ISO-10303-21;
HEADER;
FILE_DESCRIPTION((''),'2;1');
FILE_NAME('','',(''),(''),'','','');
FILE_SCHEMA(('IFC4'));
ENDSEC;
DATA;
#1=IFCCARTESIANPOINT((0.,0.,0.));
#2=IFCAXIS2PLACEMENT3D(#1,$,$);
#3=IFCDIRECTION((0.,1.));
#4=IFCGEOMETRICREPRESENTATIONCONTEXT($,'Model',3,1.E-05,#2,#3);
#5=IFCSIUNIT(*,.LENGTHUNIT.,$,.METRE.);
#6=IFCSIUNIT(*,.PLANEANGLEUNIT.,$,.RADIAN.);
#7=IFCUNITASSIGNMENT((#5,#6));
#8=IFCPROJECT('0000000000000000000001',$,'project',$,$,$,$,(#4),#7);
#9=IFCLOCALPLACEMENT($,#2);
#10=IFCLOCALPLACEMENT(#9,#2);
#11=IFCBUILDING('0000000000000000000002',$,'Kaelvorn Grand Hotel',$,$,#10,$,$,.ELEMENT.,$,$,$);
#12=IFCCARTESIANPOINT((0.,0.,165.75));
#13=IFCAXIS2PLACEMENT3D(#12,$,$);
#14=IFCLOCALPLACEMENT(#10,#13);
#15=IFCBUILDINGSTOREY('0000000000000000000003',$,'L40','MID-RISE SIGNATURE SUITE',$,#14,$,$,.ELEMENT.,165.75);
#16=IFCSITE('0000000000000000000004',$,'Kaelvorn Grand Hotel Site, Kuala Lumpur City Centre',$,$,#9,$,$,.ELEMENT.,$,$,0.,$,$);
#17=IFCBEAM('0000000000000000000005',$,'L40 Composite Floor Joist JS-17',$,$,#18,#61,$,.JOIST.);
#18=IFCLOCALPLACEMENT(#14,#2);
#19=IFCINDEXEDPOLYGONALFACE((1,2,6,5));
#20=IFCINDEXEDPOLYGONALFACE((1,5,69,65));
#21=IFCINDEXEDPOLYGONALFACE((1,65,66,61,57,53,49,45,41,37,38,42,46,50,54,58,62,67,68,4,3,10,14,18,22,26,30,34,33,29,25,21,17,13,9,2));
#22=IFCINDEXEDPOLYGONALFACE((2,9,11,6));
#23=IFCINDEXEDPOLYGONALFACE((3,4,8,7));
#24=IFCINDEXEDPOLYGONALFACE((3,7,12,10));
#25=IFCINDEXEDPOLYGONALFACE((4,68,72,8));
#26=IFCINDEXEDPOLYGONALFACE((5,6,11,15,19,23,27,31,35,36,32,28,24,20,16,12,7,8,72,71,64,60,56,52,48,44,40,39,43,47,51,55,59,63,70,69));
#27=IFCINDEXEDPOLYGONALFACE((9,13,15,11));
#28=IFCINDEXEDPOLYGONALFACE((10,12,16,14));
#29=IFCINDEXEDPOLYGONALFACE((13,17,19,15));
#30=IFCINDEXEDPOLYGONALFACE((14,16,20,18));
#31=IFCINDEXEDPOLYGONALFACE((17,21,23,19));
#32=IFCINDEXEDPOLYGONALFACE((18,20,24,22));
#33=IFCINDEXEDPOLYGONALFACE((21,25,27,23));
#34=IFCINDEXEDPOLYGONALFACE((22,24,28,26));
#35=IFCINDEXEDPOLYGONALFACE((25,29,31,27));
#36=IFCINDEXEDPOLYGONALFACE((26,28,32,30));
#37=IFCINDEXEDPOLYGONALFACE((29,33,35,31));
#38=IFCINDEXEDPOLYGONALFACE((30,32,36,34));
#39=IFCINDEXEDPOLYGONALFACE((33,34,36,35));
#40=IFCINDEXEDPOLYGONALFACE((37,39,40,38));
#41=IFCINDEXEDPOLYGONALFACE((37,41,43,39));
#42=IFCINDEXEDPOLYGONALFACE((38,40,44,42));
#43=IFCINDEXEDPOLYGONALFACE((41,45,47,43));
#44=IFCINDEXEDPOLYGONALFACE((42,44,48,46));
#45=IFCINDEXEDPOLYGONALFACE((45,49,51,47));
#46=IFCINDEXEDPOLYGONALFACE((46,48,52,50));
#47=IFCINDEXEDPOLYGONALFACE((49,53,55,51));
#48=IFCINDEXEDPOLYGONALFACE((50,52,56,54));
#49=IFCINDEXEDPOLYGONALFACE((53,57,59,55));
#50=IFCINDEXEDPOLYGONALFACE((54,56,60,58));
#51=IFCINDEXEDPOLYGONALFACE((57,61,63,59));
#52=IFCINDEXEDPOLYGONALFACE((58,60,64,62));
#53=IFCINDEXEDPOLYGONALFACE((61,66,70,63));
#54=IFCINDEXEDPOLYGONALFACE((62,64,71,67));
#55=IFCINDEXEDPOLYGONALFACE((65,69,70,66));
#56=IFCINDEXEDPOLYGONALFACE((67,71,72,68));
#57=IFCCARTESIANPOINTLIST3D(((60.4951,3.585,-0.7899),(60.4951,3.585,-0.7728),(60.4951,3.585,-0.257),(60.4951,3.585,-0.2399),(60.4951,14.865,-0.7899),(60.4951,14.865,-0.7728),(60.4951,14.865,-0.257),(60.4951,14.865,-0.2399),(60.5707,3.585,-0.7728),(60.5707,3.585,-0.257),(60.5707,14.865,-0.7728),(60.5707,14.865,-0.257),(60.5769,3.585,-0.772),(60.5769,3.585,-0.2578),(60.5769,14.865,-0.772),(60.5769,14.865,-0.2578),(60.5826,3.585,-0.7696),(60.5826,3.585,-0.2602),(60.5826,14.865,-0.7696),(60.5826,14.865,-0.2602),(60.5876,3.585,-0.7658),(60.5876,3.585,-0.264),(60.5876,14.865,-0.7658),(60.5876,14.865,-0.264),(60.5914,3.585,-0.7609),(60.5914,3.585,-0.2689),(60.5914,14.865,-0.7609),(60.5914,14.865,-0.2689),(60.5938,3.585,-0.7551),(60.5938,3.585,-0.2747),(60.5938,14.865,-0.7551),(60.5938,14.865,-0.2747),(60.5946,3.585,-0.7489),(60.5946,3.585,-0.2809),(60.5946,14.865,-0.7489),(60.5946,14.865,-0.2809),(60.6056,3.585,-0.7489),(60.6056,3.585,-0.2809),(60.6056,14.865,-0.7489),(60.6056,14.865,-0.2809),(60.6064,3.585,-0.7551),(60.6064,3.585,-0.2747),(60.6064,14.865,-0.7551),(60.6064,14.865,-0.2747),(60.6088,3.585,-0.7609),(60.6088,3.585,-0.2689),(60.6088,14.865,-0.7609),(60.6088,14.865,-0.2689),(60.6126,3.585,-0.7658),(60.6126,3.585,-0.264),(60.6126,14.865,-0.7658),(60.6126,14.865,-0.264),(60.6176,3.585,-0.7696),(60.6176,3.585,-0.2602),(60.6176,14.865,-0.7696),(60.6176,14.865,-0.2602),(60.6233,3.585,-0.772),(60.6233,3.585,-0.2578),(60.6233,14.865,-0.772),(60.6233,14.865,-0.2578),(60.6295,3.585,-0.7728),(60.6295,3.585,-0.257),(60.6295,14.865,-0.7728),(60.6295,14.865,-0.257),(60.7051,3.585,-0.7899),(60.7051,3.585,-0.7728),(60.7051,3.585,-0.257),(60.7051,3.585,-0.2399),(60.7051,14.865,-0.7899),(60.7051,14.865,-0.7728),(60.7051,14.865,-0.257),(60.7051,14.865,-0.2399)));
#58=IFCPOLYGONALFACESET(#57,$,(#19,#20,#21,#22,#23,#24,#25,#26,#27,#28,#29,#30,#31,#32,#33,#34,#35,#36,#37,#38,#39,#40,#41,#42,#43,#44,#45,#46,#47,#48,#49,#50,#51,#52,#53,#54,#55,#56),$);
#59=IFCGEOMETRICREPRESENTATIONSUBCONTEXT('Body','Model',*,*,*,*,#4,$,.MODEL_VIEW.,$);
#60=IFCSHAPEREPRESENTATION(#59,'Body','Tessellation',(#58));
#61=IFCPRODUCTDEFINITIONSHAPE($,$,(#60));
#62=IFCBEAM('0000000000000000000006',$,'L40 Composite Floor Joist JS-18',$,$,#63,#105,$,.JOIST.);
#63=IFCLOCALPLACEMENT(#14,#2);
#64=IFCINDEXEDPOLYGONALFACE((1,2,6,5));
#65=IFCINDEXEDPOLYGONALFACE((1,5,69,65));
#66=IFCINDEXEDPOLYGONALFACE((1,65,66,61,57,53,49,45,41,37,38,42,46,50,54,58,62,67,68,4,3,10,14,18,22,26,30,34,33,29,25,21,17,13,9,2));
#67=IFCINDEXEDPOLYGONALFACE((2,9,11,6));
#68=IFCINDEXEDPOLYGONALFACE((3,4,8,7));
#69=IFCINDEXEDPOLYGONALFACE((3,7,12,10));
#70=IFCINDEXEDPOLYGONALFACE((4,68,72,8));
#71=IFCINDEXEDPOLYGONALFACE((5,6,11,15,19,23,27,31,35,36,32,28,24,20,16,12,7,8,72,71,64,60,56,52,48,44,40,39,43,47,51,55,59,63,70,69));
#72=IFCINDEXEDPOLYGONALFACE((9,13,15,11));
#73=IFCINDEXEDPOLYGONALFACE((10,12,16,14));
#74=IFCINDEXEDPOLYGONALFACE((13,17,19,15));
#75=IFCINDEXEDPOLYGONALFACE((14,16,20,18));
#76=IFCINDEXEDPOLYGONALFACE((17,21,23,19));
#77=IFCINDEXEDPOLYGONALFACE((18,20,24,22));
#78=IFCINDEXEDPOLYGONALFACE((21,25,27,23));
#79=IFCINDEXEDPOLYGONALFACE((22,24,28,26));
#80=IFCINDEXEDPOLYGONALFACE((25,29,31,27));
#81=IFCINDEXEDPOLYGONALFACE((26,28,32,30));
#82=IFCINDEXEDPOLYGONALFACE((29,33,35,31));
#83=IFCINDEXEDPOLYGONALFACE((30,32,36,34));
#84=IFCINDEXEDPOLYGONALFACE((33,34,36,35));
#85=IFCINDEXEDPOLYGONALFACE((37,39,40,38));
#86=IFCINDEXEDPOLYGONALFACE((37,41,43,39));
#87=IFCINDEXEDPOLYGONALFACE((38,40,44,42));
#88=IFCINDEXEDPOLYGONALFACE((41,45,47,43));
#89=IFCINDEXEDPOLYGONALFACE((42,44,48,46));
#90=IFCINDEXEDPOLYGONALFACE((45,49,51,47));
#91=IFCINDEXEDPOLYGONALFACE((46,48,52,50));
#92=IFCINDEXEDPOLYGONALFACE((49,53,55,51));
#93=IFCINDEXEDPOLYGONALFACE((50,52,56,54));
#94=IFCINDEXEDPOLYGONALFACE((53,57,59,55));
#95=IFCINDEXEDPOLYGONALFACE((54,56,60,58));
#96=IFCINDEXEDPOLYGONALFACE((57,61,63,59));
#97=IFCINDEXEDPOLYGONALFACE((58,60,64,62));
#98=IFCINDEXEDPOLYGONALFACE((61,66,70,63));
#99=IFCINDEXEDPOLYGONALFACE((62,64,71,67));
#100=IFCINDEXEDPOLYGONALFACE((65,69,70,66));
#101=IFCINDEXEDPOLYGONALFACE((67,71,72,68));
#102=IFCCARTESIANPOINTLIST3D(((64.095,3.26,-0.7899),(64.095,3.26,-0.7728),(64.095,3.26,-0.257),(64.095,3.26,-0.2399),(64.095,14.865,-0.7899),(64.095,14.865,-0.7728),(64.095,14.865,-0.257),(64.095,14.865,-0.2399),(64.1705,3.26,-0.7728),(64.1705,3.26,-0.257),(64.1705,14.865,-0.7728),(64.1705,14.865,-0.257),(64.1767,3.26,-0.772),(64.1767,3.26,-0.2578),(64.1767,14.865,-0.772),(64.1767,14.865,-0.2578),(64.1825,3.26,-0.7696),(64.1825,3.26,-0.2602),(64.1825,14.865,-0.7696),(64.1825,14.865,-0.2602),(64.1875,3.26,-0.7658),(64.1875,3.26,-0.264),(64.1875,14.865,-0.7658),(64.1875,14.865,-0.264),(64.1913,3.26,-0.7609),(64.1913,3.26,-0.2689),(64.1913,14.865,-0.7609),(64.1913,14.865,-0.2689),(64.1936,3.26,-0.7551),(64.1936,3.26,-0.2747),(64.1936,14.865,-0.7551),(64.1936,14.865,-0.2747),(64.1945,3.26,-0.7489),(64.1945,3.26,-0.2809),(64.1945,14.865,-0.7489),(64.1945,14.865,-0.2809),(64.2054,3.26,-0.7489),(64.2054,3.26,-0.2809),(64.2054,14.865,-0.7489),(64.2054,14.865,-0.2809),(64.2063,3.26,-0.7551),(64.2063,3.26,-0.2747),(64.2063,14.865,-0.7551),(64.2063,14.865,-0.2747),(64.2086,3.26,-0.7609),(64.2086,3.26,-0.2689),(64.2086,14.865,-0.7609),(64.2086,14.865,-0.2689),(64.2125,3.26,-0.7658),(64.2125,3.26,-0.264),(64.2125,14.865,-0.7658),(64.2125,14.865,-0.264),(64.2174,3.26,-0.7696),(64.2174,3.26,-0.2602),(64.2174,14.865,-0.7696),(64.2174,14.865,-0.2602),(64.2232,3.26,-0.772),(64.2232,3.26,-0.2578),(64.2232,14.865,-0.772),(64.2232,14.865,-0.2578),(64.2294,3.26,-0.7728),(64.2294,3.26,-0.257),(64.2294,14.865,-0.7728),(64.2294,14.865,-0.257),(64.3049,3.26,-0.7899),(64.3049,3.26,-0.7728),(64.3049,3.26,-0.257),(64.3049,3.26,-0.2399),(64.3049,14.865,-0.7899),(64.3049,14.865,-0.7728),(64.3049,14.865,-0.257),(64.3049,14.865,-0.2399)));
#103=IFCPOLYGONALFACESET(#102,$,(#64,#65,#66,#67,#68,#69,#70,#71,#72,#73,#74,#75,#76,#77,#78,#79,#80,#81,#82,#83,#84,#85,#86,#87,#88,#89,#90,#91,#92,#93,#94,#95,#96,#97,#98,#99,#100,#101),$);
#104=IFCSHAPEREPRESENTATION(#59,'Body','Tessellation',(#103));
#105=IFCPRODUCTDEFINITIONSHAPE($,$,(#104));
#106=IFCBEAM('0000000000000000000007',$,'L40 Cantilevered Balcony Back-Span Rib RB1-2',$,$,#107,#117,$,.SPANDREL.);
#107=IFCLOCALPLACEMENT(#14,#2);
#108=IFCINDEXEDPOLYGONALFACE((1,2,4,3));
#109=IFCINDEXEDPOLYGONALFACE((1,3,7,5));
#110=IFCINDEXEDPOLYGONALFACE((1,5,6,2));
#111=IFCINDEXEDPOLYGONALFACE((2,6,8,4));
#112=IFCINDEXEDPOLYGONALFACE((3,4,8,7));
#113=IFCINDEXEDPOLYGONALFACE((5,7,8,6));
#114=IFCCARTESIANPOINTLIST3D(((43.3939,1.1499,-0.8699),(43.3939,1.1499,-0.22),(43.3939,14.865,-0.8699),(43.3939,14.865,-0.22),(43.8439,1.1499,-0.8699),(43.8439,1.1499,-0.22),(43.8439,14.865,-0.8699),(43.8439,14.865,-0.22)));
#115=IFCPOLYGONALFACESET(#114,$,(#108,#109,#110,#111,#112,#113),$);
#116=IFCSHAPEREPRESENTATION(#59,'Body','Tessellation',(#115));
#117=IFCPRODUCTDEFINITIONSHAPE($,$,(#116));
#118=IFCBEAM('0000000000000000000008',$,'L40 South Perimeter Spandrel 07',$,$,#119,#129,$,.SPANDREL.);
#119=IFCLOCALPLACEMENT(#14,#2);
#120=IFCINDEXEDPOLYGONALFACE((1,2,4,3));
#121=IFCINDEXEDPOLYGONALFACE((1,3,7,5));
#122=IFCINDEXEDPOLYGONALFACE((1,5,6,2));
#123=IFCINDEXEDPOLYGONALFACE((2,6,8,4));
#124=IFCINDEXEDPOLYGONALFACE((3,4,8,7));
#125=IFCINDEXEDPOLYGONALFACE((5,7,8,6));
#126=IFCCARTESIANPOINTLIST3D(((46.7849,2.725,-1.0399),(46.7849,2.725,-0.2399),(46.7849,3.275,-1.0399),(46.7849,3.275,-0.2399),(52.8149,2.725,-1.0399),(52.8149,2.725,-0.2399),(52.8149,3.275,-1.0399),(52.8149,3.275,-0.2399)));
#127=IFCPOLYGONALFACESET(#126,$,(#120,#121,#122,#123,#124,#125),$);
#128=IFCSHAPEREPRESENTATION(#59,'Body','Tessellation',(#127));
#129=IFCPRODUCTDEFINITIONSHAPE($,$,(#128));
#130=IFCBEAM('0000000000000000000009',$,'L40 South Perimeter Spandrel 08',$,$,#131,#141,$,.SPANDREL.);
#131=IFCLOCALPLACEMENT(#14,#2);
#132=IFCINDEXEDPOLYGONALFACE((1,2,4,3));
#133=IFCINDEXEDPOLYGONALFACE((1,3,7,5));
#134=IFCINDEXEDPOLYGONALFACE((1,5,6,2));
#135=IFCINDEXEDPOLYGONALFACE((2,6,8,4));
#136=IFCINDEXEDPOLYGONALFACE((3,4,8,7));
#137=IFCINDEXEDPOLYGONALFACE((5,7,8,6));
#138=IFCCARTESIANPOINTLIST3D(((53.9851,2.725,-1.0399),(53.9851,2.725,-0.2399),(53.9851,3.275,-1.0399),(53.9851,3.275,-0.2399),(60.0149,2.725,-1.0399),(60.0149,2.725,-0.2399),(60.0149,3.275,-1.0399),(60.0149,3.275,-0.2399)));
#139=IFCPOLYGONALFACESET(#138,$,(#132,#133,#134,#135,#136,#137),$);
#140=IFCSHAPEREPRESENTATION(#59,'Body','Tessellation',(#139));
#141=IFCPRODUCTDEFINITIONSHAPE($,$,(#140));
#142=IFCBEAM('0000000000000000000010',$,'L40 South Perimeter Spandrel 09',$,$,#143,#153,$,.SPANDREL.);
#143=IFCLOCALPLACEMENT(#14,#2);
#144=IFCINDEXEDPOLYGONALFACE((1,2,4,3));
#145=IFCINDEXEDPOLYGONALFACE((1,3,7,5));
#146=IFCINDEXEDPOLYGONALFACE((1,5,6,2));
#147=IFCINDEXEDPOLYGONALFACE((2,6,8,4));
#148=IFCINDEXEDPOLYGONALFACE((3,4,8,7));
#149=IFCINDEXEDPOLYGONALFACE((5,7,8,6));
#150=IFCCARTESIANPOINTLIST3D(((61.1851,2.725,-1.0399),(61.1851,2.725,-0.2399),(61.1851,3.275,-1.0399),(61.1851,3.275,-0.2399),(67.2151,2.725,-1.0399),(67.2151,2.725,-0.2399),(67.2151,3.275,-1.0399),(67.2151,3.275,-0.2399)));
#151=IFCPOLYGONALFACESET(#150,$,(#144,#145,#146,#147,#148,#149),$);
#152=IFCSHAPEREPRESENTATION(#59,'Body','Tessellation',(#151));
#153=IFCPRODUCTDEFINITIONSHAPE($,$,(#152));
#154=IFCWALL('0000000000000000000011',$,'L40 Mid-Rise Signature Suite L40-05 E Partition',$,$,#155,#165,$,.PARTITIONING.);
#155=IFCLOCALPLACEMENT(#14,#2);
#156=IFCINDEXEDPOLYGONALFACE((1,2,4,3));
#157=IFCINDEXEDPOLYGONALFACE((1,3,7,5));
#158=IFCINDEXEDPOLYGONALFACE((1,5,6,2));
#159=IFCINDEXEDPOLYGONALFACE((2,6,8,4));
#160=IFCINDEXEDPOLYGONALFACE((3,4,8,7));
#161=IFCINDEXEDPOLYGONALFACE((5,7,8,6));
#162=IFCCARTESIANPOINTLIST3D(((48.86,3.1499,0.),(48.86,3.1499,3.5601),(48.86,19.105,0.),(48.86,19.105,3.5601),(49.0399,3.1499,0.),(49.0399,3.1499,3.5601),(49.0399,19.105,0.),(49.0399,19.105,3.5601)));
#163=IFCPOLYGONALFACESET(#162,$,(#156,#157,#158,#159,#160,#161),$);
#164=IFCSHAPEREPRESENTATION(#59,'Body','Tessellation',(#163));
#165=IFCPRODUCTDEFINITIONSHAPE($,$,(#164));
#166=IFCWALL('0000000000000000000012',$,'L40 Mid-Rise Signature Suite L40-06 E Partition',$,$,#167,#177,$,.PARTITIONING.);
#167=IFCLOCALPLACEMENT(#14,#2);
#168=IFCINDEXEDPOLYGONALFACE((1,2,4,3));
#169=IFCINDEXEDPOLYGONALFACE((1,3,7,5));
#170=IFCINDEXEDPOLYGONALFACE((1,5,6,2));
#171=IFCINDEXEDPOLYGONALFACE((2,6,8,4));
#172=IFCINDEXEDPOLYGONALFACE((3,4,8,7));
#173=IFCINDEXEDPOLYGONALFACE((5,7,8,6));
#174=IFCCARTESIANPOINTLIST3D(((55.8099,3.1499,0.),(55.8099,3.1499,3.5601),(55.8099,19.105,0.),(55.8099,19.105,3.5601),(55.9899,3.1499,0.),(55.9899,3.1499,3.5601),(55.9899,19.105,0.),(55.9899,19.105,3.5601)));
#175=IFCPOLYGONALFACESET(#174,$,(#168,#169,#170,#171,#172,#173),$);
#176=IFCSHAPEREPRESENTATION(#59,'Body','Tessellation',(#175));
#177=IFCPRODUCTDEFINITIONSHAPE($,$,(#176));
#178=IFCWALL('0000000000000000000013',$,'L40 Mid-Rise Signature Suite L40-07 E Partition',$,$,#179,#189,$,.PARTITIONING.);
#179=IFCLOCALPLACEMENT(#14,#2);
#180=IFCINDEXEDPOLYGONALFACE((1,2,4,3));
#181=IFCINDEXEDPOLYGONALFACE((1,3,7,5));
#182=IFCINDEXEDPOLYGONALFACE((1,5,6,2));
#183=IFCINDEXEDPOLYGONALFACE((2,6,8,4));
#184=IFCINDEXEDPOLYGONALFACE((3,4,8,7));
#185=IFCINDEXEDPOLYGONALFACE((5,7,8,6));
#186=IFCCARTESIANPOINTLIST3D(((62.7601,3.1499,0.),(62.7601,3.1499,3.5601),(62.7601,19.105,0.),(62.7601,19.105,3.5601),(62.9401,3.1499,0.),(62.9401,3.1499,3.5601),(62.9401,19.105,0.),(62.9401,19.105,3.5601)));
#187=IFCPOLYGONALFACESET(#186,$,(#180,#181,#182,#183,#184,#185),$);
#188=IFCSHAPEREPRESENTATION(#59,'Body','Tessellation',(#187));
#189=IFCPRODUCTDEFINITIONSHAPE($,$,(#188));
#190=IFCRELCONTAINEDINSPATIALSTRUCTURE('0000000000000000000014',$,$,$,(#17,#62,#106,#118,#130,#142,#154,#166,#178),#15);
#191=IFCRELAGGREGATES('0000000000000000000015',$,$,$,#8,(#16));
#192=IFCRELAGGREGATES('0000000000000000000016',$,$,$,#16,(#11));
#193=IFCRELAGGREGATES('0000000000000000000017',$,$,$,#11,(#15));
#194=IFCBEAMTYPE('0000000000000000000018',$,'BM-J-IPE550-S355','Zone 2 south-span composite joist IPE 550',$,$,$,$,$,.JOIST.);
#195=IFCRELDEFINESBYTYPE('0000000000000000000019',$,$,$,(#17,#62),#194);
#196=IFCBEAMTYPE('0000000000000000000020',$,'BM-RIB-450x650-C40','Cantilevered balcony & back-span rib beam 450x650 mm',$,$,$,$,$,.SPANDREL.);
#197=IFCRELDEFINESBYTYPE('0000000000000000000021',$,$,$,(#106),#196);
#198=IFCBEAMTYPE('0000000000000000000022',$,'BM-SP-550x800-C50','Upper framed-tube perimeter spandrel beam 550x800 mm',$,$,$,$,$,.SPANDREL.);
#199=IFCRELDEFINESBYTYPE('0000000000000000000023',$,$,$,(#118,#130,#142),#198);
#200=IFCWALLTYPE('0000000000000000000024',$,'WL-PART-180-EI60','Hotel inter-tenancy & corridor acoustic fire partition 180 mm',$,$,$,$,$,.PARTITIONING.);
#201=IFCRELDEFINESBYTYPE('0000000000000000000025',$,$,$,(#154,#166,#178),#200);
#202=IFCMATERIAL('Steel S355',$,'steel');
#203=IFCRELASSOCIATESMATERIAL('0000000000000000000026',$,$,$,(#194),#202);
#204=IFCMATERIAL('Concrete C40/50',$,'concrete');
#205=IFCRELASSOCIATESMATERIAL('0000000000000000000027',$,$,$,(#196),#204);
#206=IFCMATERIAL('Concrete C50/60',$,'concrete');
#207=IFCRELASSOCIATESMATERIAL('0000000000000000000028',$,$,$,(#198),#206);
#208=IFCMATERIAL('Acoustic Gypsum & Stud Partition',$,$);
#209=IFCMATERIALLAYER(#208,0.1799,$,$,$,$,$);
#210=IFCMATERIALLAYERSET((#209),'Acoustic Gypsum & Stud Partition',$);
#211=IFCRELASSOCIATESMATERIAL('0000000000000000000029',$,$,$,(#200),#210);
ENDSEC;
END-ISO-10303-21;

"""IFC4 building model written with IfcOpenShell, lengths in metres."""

from ifc_helpers import new_model, si_unit, direction, frame, frame_2d, origin, origin_2d, place, context, subcontext, project, spatial, rectangle, i_section, extrude, material, layer, layer_set, material_profile, profile_set, type_object, element, save


model = new_model("IFC4")

# Units and contexts
model_context = context("Model", 3, precision=1e-05, world=origin(), true_north=direction((0.0, 1.0)))
body_context = subcontext(model_context, "Body", "Model", "MODEL_VIEW")
ifc_project = project(units=[si_unit("LENGTHUNIT", "METRE"), si_unit("PLANEANGLEUNIT", "RADIAN")], contexts=[model_context])

# Site, building, storey
site_placement = place(None, origin())
site = spatial("IfcSite", under=ifc_project, at=site_placement, Name="Kaelvorn Grand Hotel Site, Kuala Lumpur City Centre", CompositionType="ELEMENT", RefElevation=0.0)
building_placement = place(site_placement, origin())
building = spatial("IfcBuilding", under=site, at=building_placement, Name="Kaelvorn Grand Hotel", CompositionType="ELEMENT")
storey_placement = place(building_placement, frame((0.0, 0.0, 165.75)))
storey = spatial("IfcBuildingStorey", under=building, at=storey_placement, Name="L40", Description="MID-RISE SIGNATURE SUITE", CompositionType="ELEMENT", Elevation=165.75)

# Beams
ifc_material_1 = material(Name="Steel S355", Category="steel")
ifc_material_profile_1 = material_profile(ifc_material_1, i_section(OverallWidth=0.21, OverallDepth=0.55, WebThickness=0.011, FlangeThickness=0.0171, FilletRadius=0.0239, at=origin_2d()), Name="IPE 550")
ifc_profile_set_1 = profile_set([ifc_material_profile_1], Name="Steel S355")
beam_type_1 = type_object("IfcBeamType", Name="BM-J-IPE550-S355", Description="Zone 2 south-span composite joist IPE 550", PredefinedType="JOIST", material=ifc_profile_set_1)
beam_1_placement = place(storey_placement, frame((60.6001, 3.585, -0.5149), z_axis=(0.0, 1.0, 0.0), x_axis=(-1.0, 0.0, 0.0)))
element("IfcBeam", 1, at=beam_1_placement, inside=storey, type_object=beam_type_1, Name="L40 Composite Floor Joist JS-17", PredefinedType="JOIST", context=body_context, shape_type="SweptSolid", body=[
    extrude(i_section(OverallWidth=0.21, OverallDepth=0.55, WebThickness=0.011, FlangeThickness=0.0171, FilletRadius=0.0239, at=origin_2d()), origin(), (0.0, 0.0, 1.0), 11.28),
])
beam_2_placement = place(storey_placement, frame((64.2, 3.26, -0.5149), z_axis=(0.0, 1.0, 0.0), x_axis=(-1.0, 0.0, 0.0)))
element("IfcBeam", 2, at=beam_2_placement, inside=storey, type_object=beam_type_1, Name="L40 Composite Floor Joist JS-18", PredefinedType="JOIST", context=body_context, shape_type="SweptSolid", body=[
    extrude(i_section(OverallWidth=0.21, OverallDepth=0.55, WebThickness=0.011, FlangeThickness=0.0171, FilletRadius=0.0239, at=origin_2d()), origin(), (0.0, 0.0, 1.0), 11.605),
])
ifc_material_2 = material(Name="Concrete C40/50", Category="concrete")
ifc_material_profile_2 = material_profile(ifc_material_2, rectangle(XDim=0.45, YDim=0.6499, at=origin_2d()), Name="RC RIB 450x650")
ifc_profile_set_2 = profile_set([ifc_material_profile_2], Name="Concrete C40/50")
beam_type_2 = type_object("IfcBeamType", Name="BM-RIB-450x650-C40", Description="Cantilevered balcony & back-span rib beam 450x650 mm", PredefinedType="SPANDREL", material=ifc_profile_set_2)
beam_3_placement = place(storey_placement, frame((43.6189, 1.1499, -0.5449), z_axis=(0.0, 1.0, 0.0), x_axis=(-1.0, 0.0, 0.0)))
element("IfcBeam", 3, at=beam_3_placement, inside=storey, type_object=beam_type_2, Name="L40 Cantilevered Balcony Back-Span Rib RB1-2", PredefinedType="SPANDREL", context=body_context, shape_type="SweptSolid", body=[
    extrude(rectangle(XDim=0.45, YDim=0.6499, at=origin_2d()), origin(), (0.0, 0.0, 1.0), 13.7151),
])
ifc_material_3 = material(Name="Concrete C50/60", Category="concrete")
ifc_material_profile_3 = material_profile(ifc_material_3, rectangle(XDim=0.55, YDim=0.8, at=origin_2d()), Name="RC SPANDREL 550x800")
ifc_profile_set_3 = profile_set([ifc_material_profile_3], Name="Concrete C50/60")
beam_type_3 = type_object("IfcBeamType", Name="BM-SP-550x800-C50", Description="Upper framed-tube perimeter spandrel beam 550x800 mm", PredefinedType="SPANDREL", material=ifc_profile_set_3)
beam_4_placement = place(storey_placement, frame((46.7849, 3.0, -0.6399), z_axis=(1.0, 0.0, 0.0), x_axis=(0.0, 1.0, 0.0)))
element("IfcBeam", 4, at=beam_4_placement, inside=storey, type_object=beam_type_3, Name="L40 South Perimeter Spandrel 07", PredefinedType="SPANDREL", context=body_context, shape_type="SweptSolid", body=[
    extrude(rectangle(XDim=0.55, YDim=0.8, at=origin_2d()), origin(), (0.0, 0.0, 1.0), 6.03),
])
beam_5_placement = place(storey_placement, frame((53.9851, 3.0, -0.6399), z_axis=(1.0, 0.0, 0.0), x_axis=(0.0, 1.0, 0.0)))
element("IfcBeam", 5, at=beam_5_placement, inside=storey, type_object=beam_type_3, Name="L40 South Perimeter Spandrel 08", PredefinedType="SPANDREL", context=body_context, shape_type="SweptSolid", body=[
    extrude(rectangle(XDim=0.55, YDim=0.8, at=origin_2d()), origin(), (0.0, 0.0, 1.0), 6.0298),
])
beam_6_placement = place(storey_placement, frame((61.1851, 3.0, -0.6399), z_axis=(1.0, 0.0, 0.0), x_axis=(0.0, 1.0, 0.0)))
element("IfcBeam", 6, at=beam_6_placement, inside=storey, type_object=beam_type_3, Name="L40 South Perimeter Spandrel 09", PredefinedType="SPANDREL", context=body_context, shape_type="SweptSolid", body=[
    extrude(rectangle(XDim=0.55, YDim=0.8, at=origin_2d()), origin(), (0.0, 0.0, 1.0), 6.03),
])

# Walls
ifc_material_4 = material(Name="Acoustic Gypsum & Stud Partition")
ifc_layer_1 = layer(ifc_material_4, 0.1799)
ifc_layer_set_1 = layer_set([ifc_layer_1], Name="Acoustic Gypsum & Stud Partition")
wall_type = type_object("IfcWallType", Name="WL-PART-180-EI60", Description="Hotel inter-tenancy & corridor acoustic fire partition 180 mm", PredefinedType="PARTITIONING", material=ifc_layer_set_1)
for number, where, z_axis, x_axis, name in (
    (7, (48.95, 3.1499, 0.0), (0.0, 0.0, 1.0), (0.0, 1.0, 0.0), "L40 Mid-Rise Signature Suite L40-05 E Partition"),
    (8, (55.8999, 3.1499, 0.0), (0.0, 0.0, 1.0), (0.0, 1.0, 0.0), "L40 Mid-Rise Signature Suite L40-06 E Partition"),
    (9, (62.8501, 3.1499, 0.0), (0.0, 0.0, 1.0), (0.0, 1.0, 0.0), "L40 Mid-Rise Signature Suite L40-07 E Partition"),
):
    element("IfcWall", number, at=place(storey_placement, frame(where, z_axis=z_axis, x_axis=x_axis)), inside=storey, type_object=wall_type, Name=name, PredefinedType="PARTITIONING", context=body_context, shape_type="SweptSolid", body=[
        extrude(rectangle(XDim=15.9551, YDim=0.1799, at=frame_2d((7.9775, 0.0))), origin(), (0.0, 0.0, 1.0), 3.5601),
    ])

save(model, "model.ifc")
